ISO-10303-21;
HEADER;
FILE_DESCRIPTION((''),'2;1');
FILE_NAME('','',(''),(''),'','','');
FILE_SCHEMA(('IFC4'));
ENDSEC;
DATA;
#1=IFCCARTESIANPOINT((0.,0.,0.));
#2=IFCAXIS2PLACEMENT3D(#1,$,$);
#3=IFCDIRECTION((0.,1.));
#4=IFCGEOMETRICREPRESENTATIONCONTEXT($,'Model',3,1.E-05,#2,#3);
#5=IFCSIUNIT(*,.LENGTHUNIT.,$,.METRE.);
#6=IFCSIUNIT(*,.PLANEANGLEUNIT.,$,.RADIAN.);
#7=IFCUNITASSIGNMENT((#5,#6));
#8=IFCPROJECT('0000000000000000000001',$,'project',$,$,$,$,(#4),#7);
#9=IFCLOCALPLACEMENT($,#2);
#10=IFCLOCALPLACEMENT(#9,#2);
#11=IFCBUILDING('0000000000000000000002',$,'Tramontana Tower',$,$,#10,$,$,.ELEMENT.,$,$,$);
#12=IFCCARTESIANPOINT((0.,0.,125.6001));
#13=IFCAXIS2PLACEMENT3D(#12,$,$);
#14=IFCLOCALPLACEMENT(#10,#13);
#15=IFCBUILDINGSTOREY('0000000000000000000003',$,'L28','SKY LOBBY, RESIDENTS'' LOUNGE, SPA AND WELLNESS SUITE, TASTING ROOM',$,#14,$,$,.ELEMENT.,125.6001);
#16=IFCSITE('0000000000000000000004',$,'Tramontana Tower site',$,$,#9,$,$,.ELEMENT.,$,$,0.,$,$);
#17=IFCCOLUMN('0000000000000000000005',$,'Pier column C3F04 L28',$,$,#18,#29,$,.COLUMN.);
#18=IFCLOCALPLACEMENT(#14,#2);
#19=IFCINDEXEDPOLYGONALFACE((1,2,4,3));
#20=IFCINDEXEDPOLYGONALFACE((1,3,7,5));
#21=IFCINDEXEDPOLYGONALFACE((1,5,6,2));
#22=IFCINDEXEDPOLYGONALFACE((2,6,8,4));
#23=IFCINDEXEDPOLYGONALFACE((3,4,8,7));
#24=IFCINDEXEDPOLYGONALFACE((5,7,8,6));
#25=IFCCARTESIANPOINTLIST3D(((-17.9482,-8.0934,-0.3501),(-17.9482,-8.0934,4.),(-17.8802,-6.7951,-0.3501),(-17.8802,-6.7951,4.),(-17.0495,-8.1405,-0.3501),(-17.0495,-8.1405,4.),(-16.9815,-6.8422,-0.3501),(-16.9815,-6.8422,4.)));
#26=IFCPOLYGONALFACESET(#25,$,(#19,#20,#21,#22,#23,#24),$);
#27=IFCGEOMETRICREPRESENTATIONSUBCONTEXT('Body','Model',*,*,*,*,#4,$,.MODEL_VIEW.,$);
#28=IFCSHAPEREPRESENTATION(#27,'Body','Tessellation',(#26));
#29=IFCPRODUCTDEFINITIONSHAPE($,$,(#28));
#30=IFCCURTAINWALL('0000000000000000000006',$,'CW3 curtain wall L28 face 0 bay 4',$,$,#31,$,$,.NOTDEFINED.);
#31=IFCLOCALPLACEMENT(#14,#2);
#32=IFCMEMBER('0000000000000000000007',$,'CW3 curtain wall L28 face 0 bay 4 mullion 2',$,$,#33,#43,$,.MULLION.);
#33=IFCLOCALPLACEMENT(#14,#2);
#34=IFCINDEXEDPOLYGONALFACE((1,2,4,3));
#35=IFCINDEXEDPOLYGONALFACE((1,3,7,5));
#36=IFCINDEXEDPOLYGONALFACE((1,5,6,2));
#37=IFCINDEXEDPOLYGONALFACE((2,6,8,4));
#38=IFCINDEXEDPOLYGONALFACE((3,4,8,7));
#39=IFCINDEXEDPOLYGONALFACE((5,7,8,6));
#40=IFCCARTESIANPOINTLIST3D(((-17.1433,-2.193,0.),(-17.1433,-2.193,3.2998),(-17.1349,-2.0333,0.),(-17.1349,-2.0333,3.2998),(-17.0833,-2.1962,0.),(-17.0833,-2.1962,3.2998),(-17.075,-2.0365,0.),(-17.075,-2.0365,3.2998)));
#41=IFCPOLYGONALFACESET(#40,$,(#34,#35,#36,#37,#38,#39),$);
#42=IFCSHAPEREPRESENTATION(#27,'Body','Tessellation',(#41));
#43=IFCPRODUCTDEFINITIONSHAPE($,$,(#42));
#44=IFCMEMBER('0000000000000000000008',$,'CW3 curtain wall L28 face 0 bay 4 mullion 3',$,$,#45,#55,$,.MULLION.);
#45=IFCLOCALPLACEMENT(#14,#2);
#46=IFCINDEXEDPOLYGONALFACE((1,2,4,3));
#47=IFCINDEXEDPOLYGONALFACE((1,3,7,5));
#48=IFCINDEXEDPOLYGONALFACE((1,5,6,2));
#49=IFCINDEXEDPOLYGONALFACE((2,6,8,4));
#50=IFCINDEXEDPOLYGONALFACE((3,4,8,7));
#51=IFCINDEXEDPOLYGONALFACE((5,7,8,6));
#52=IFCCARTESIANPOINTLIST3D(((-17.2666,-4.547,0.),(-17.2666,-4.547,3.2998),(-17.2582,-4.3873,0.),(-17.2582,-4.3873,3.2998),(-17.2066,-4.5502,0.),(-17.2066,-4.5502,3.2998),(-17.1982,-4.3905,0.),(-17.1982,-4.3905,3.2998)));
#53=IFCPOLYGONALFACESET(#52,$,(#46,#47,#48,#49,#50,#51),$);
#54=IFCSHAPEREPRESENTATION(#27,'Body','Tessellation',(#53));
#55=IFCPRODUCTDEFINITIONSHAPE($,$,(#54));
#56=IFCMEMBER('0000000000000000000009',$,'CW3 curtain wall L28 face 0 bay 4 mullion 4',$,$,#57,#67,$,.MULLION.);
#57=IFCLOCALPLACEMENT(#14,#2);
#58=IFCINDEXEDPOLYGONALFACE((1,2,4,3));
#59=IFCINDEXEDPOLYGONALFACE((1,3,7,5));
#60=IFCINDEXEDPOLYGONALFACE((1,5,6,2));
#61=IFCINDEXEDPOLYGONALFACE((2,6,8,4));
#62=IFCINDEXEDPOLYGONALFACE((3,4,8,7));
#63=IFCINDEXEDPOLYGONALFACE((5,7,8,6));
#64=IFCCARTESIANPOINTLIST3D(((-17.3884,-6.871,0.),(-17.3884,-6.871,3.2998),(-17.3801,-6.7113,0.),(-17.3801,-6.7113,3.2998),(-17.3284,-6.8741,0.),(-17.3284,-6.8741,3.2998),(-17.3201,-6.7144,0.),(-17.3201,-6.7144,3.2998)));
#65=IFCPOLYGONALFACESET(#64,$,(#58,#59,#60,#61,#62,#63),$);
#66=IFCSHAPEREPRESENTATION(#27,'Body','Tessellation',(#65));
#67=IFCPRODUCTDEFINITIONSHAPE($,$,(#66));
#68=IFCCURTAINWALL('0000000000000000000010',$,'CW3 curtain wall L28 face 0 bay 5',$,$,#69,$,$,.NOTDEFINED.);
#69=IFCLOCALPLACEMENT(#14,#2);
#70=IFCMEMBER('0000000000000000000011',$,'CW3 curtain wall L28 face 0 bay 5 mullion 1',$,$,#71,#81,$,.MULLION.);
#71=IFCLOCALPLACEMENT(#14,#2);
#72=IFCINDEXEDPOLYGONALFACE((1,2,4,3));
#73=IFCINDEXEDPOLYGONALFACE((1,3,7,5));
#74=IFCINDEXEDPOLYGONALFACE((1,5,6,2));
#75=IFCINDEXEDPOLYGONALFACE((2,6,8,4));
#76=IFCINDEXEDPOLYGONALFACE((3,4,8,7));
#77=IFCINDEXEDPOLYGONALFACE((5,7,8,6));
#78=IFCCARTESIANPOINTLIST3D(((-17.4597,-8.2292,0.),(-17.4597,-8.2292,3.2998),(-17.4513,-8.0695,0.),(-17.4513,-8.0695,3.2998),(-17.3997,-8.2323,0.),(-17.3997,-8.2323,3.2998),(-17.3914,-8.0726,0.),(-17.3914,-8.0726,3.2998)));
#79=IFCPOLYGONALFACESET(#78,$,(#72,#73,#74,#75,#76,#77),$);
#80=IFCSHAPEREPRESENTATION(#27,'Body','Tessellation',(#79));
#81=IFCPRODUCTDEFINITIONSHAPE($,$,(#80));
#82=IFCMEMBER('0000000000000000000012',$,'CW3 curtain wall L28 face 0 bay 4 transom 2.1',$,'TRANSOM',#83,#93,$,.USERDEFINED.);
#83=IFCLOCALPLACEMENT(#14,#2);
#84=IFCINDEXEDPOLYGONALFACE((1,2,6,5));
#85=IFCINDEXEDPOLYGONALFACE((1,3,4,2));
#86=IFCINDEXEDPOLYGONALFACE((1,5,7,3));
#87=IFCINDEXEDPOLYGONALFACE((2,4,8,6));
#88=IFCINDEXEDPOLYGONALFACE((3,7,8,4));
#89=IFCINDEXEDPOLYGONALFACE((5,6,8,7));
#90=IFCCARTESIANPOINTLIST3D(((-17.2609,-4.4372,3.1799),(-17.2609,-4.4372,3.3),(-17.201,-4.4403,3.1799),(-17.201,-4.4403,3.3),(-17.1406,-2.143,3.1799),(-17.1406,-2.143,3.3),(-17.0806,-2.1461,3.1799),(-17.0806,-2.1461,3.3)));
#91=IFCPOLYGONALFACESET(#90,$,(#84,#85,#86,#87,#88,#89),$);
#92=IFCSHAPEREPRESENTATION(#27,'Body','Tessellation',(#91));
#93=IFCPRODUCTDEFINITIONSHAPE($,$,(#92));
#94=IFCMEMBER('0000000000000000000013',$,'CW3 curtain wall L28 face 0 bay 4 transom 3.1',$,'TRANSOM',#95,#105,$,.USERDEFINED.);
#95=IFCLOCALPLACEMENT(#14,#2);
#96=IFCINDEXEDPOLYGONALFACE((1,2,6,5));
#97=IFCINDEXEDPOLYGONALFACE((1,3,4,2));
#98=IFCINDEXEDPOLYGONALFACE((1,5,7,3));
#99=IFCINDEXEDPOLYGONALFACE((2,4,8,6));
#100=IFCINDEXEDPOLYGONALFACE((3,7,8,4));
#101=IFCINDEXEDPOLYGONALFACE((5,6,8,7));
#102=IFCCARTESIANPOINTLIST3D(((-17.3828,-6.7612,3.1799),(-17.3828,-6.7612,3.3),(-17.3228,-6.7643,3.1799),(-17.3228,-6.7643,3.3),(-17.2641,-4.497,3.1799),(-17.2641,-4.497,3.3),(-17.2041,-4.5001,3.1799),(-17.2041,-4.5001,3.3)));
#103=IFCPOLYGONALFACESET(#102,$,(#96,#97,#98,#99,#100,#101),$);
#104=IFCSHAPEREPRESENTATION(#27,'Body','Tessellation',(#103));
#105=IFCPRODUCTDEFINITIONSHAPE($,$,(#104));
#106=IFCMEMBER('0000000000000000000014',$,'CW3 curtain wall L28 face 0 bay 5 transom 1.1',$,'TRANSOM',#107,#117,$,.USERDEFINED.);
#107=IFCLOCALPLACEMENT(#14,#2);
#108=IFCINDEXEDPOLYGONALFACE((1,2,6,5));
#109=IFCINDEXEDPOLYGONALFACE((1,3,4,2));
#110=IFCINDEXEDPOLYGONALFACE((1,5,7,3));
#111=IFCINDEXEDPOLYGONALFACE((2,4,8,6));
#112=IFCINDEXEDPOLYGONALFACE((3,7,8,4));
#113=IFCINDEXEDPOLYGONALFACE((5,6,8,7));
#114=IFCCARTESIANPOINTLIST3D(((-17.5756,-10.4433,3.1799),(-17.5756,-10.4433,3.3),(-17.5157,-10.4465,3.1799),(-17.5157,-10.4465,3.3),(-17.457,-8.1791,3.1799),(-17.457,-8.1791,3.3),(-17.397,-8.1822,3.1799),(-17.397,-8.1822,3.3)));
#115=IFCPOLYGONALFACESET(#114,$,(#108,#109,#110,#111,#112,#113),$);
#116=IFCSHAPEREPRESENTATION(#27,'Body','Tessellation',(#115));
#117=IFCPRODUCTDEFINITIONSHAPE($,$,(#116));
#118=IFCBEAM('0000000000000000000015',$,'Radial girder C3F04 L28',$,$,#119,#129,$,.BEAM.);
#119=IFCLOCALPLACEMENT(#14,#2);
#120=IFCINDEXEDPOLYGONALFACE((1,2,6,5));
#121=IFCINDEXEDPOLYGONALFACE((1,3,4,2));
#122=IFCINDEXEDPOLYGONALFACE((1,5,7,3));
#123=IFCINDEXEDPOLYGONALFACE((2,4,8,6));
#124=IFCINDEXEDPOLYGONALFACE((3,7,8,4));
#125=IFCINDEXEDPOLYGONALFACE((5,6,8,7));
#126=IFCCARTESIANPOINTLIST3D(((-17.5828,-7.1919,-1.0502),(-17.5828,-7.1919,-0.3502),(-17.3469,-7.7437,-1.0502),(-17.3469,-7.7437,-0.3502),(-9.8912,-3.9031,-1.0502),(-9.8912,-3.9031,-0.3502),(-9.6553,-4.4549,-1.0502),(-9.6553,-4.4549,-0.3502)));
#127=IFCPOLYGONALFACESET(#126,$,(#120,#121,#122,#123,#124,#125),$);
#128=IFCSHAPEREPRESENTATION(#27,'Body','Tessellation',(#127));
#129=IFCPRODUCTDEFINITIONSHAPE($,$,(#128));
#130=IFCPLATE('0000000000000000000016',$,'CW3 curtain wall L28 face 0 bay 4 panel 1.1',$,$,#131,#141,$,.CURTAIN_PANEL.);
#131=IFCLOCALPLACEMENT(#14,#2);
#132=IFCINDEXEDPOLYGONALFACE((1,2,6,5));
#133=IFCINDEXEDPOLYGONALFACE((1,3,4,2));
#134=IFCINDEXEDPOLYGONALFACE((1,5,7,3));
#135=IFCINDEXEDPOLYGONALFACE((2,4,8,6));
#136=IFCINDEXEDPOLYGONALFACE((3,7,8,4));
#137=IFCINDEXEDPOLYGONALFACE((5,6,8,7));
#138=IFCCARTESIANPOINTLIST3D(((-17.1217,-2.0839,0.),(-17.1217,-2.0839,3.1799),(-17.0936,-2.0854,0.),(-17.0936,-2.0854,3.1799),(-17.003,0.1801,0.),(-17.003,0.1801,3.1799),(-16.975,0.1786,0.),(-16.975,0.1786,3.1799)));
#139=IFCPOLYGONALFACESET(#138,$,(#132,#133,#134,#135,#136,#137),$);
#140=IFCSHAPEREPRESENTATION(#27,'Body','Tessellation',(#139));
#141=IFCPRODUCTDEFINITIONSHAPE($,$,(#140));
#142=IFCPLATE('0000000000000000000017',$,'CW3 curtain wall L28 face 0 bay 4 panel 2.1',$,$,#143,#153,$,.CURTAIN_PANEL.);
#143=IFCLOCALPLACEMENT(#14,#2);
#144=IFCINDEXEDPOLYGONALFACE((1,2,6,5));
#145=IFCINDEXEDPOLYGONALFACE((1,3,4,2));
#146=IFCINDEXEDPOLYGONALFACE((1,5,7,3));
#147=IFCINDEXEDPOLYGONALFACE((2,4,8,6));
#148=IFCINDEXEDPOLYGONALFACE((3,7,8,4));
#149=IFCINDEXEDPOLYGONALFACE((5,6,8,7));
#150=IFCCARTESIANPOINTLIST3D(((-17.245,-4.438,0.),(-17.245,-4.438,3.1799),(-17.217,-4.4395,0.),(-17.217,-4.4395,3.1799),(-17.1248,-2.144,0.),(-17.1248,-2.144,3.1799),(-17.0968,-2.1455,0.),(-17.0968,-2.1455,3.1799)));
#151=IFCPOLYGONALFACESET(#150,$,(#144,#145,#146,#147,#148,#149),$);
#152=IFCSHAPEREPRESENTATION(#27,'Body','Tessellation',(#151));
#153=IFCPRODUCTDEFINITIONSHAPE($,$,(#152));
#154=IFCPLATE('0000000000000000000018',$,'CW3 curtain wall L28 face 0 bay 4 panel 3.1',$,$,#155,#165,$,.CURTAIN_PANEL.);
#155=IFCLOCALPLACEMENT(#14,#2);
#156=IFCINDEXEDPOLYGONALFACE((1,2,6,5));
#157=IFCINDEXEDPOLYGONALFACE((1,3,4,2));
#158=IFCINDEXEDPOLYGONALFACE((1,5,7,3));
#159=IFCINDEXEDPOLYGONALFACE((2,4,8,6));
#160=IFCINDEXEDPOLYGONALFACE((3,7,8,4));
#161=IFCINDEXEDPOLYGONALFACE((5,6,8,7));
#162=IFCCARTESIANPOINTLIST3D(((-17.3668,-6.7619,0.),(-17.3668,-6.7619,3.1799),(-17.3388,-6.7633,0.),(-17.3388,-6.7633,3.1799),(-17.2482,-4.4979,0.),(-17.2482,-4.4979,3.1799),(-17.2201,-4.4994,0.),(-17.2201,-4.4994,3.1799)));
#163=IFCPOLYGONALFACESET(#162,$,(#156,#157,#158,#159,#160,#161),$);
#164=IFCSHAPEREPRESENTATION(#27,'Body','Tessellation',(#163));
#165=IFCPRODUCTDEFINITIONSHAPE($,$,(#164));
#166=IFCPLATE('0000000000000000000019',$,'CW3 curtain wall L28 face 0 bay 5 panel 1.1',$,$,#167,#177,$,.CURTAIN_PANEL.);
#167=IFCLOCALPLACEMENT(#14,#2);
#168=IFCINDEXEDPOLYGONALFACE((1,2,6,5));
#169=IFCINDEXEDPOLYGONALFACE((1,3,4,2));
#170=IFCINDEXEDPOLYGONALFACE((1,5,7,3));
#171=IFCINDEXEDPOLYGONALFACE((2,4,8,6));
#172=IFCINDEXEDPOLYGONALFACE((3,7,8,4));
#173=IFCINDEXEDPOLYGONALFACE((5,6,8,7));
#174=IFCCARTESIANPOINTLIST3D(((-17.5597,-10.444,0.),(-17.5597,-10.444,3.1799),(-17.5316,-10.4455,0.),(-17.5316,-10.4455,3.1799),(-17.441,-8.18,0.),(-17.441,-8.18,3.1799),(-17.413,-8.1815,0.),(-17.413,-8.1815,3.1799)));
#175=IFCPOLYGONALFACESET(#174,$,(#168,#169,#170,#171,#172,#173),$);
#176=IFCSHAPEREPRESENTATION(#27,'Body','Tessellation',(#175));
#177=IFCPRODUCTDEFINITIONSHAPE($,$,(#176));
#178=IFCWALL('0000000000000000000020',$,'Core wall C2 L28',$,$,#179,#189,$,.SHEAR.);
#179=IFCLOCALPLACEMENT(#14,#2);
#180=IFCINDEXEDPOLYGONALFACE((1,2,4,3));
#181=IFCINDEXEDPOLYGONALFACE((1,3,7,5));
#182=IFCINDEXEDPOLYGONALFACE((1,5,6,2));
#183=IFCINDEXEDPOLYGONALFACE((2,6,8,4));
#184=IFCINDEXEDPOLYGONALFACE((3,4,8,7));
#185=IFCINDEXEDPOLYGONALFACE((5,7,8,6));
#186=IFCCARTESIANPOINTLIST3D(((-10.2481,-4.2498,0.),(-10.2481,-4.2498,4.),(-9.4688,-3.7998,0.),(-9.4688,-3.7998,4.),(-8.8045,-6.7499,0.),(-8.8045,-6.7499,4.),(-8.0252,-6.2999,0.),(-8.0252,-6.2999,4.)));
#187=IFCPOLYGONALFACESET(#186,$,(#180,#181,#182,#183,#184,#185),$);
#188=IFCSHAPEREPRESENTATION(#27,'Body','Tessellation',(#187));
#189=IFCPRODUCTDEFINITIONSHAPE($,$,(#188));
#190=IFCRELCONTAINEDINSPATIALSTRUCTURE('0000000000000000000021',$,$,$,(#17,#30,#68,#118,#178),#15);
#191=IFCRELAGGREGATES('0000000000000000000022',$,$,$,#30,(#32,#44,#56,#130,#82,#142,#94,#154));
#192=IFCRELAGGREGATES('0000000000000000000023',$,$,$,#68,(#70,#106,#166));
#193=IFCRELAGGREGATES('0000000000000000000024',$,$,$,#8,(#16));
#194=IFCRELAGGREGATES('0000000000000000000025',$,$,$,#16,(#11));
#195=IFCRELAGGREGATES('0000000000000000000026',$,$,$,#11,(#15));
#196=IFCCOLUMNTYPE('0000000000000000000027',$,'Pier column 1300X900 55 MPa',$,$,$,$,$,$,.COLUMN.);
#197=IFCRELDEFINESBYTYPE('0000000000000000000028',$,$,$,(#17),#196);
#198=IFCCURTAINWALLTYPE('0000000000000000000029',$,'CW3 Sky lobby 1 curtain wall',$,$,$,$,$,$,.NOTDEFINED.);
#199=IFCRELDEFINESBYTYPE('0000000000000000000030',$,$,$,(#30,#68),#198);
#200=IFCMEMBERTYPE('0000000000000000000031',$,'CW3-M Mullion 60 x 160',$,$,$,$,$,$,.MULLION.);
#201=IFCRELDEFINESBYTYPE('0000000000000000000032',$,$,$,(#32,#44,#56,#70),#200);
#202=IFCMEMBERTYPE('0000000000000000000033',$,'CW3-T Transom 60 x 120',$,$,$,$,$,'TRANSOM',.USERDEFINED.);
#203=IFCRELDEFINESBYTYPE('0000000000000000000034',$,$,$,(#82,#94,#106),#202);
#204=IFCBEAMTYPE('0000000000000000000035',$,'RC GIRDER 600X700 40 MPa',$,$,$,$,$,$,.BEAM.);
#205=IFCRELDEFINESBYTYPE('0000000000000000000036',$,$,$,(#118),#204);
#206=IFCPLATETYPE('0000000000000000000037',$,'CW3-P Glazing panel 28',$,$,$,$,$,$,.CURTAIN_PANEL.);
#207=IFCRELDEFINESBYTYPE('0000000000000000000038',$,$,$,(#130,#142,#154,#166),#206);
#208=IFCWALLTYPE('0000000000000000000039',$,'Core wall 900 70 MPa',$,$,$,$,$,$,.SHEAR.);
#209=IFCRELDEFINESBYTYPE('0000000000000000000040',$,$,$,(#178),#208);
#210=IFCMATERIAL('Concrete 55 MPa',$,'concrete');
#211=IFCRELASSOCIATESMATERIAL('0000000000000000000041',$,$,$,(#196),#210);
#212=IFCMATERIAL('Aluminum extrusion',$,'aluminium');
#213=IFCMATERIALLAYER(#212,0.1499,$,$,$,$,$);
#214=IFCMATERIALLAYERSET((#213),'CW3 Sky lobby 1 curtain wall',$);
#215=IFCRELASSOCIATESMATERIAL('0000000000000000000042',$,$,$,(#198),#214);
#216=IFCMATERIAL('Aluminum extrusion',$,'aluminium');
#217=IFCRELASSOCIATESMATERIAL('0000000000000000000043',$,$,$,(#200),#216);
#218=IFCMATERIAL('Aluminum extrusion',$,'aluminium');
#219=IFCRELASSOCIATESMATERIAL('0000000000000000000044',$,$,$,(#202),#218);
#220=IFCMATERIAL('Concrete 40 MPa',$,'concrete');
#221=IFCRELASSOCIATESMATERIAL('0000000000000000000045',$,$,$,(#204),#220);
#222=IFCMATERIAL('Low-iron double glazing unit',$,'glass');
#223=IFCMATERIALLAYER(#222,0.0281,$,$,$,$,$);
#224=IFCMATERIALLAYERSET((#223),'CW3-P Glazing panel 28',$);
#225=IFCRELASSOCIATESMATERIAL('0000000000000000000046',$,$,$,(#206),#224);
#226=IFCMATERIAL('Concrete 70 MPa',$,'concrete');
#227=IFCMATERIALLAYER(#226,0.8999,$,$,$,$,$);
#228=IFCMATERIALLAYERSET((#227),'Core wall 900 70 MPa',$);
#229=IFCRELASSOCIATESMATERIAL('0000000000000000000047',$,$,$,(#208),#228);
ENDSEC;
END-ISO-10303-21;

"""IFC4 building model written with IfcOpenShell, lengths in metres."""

from ifc_helpers import new_model, si_unit, direction, frame, frame_2d, origin, origin_2d, place, context, subcontext, project, spatial, rectangle, extrude, material, layer, layer_set, material_profile, profile_set, type_object, element, aggregate, save


model = new_model("IFC4")

# Units and contexts
model_context = context("Model", 3, precision=1e-05, world=origin(), true_north=direction((0.0, 1.0)))
body_context = subcontext(model_context, "Body", "Model", "MODEL_VIEW")
ifc_project = project(units=[si_unit("LENGTHUNIT", "METRE"), si_unit("PLANEANGLEUNIT", "RADIAN")], contexts=[model_context])

# Site, building, storey
site_placement = place(None, origin())
site = spatial("IfcSite", under=ifc_project, at=site_placement, Name="Tramontana Tower site", CompositionType="ELEMENT", RefElevation=0.0)
building_placement = place(site_placement, origin())
building = spatial("IfcBuilding", under=site, at=building_placement, Name="Tramontana Tower", CompositionType="ELEMENT")
storey_placement = place(building_placement, frame((0.0, 0.0, 125.6001)))
storey = spatial("IfcBuildingStorey", under=building, at=storey_placement, Name="L28", Description="SKY LOBBY, RESIDENTS' LOUNGE, SPA AND WELLNESS SUITE, TASTING ROOM", CompositionType="ELEMENT", Elevation=125.6001)

# Column
ifc_material_1 = material(Name="Concrete 55 MPa", Category="concrete")
ifc_material_profile_1 = material_profile(ifc_material_1, rectangle(XDim=1.3, YDim=0.8999, at=origin_2d()), Name="Pier column 1300X900 55 MPa")
ifc_profile_set_1 = profile_set([ifc_material_profile_1], Name="Concrete 55 MPa")
column_type = type_object("IfcColumnType", Name="Pier column 1300X900 55 MPa", PredefinedType="COLUMN", material=ifc_profile_set_1)
column_placement = place(storey_placement, frame((-17.4648, -7.4678, -0.3501), z_axis=(0.0, 0.0, 1.0), x_axis=(-0.052336, -0.99863, 0.0)))
element("IfcColumn", 1, at=column_placement, inside=storey, type_object=column_type, Name="Pier column C3F04 L28", PredefinedType="COLUMN", context=body_context, shape_type="SweptSolid", body=[
    extrude(rectangle(XDim=1.3, YDim=0.8999, at=origin_2d()), origin(), (0.0, 0.0, 1.0), 4.3501),
])

# Curtain wall, members
ifc_material_2 = material(Name="Aluminum extrusion", Category="aluminium")
ifc_layer_1 = layer(ifc_material_2, 0.1499)
ifc_layer_set_1 = layer_set([ifc_layer_1], Name="CW3 Sky lobby 1 curtain wall")
curtain_wall_type = type_object("IfcCurtainWallType", Name="CW3 Sky lobby 1 curtain wall", PredefinedType="NOTDEFINED", material=ifc_layer_set_1)
curtain_wall_1_placement = place(storey_placement, origin())
curtain_wall_1 = element("IfcCurtainWall", 2, at=curtain_wall_1_placement, inside=storey, type_object=curtain_wall_type, Name="CW3 curtain wall L28 face 0 bay 4", PredefinedType="NOTDEFINED")
ifc_material_3 = material(Name="Aluminum extrusion", Category="aluminium")
ifc_material_profile_2 = material_profile(ifc_material_3, rectangle(XDim=0.0601, YDim=0.1599, at=origin_2d()), Name="CW3-M Mullion 60 x 160")
ifc_profile_set_2 = profile_set([ifc_material_profile_2], Name="Aluminum extrusion")
member_type_1 = type_object("IfcMemberType", Name="CW3-M Mullion 60 x 160", PredefinedType="MULLION", material=ifc_profile_set_2)
member_1_placement = place(storey_placement, frame((-17.1091, -2.1147, 0.0), z_axis=(0.0, 0.0, 1.0), x_axis=(0.99863, -0.052336, 0.0)))
member_1 = element("IfcMember", 3, at=member_1_placement, type_object=member_type_1, Name="CW3 curtain wall L28 face 0 bay 4 mullion 2", PredefinedType="MULLION", context=body_context, shape_type="SweptSolid", body=[
    extrude(rectangle(XDim=0.0601, YDim=0.1599, at=origin_2d()), origin(), (0.0, 0.0, 1.0), 3.2998),
])
member_2_placement = place(storey_placement, frame((-17.2324, -4.4688, 0.0), z_axis=(0.0, 0.0, 1.0), x_axis=(0.99863, -0.052336, 0.0)))
member_2 = element("IfcMember", 4, at=member_2_placement, type_object=member_type_1, Name="CW3 curtain wall L28 face 0 bay 4 mullion 3", PredefinedType="MULLION", context=body_context, shape_type="SweptSolid", body=[
    extrude(rectangle(XDim=0.0601, YDim=0.1599, at=origin_2d()), origin(), (0.0, 0.0, 1.0), 3.2998),
])
member_3_placement = place(storey_placement, frame((-17.3542, -6.7927, 0.0), z_axis=(0.0, 0.0, 1.0), x_axis=(0.99863, -0.052336, 0.0)))
member_3 = element("IfcMember", 5, at=member_3_placement, type_object=member_type_1, Name="CW3 curtain wall L28 face 0 bay 4 mullion 4", PredefinedType="MULLION", context=body_context, shape_type="SweptSolid", body=[
    extrude(rectangle(XDim=0.0601, YDim=0.1599, at=origin_2d()), origin(), (0.0, 0.0, 1.0), 3.2998),
])

# Curtain wall, member
curtain_wall_2_placement = place(storey_placement, origin())
curtain_wall_2 = element("IfcCurtainWall", 6, at=curtain_wall_2_placement, inside=storey, type_object=curtain_wall_type, Name="CW3 curtain wall L28 face 0 bay 5", PredefinedType="NOTDEFINED")
member_4_placement = place(storey_placement, frame((-17.4255, -8.1509, 0.0), z_axis=(0.0, 0.0, 1.0), x_axis=(0.99863, -0.052336, 0.0)))
member_4 = element("IfcMember", 7, at=member_4_placement, type_object=member_type_1, Name="CW3 curtain wall L28 face 0 bay 5 mullion 1", PredefinedType="MULLION", context=body_context, shape_type="SweptSolid", body=[
    extrude(rectangle(XDim=0.0601, YDim=0.1599, at=origin_2d()), origin(), (0.0, 0.0, 1.0), 3.2998),
])

# Members
ifc_material_4 = material(Name="Aluminum extrusion", Category="aluminium")
ifc_material_profile_3 = material_profile(ifc_material_4, rectangle(XDim=0.0601, YDim=0.1201, at=origin_2d()), Name="CW3-T Transom 60 x 120")
ifc_profile_set_3 = profile_set([ifc_material_profile_3], Name="Aluminum extrusion")
member_type_2 = type_object("IfcMemberType", Name="CW3-T Transom 60 x 120", ElementType="TRANSOM", PredefinedType="USERDEFINED", material=ifc_profile_set_3)
member_5_placement = place(storey_placement, frame((-17.1106, -2.1445, 3.24), z_axis=(-0.052391, -0.998627, 0.0), x_axis=(0.998627, -0.052391, 0.0)))
member_5 = element("IfcMember", 8, at=member_5_placement, type_object=member_type_2, Name="CW3 curtain wall L28 face 0 bay 4 transom 2.1", ObjectType="TRANSOM", PredefinedType="USERDEFINED", context=body_context, shape_type="SweptSolid", body=[
    extrude(rectangle(XDim=0.0601, YDim=0.1201, at=origin_2d()), origin(), (0.0, 0.0, 1.0), 2.2974),
])
member_6_placement = place(storey_placement, frame((-17.2341, -4.4985, 3.24), z_axis=(-0.052333, -0.99863, 0.0), x_axis=(0.99863, -0.052333, 0.0)))
member_6 = element("IfcMember", 9, at=member_6_placement, type_object=member_type_2, Name="CW3 curtain wall L28 face 0 bay 4 transom 3.1", ObjectType="TRANSOM", PredefinedType="USERDEFINED", context=body_context, shape_type="SweptSolid", body=[
    extrude(rectangle(XDim=0.0601, YDim=0.1201, at=origin_2d()), origin(), (0.0, 0.0, 1.0), 2.2673),
])
member_7_placement = place(storey_placement, frame((-17.427, -8.1807, 3.24), z_axis=(-0.052333, -0.99863, 0.0), x_axis=(0.99863, -0.052333, 0.0)))
member_7 = element("IfcMember", 10, at=member_7_placement, type_object=member_type_2, Name="CW3 curtain wall L28 face 0 bay 5 transom 1.1", ObjectType="TRANSOM", PredefinedType="USERDEFINED", context=body_context, shape_type="SweptSolid", body=[
    extrude(rectangle(XDim=0.0601, YDim=0.1201, at=origin_2d()), origin(), (0.0, 0.0, 1.0), 2.2673),
])

# Beam
ifc_material_5 = material(Name="Concrete 40 MPa", Category="concrete")
ifc_material_profile_4 = material_profile(ifc_material_5, rectangle(XDim=0.6001, YDim=0.7, at=origin_2d()), Name="RC GIRDER 600X700 40 MPa")
ifc_profile_set_4 = profile_set([ifc_material_profile_4], Name="Concrete 40 MPa")
beam_type = type_object("IfcBeamType", Name="RC GIRDER 600X700 40 MPa", PredefinedType="BEAM", material=ifc_profile_set_4)
beam_placement = place(storey_placement, frame((-17.4648, -7.4678, -0.7002), z_axis=(0.919474, 0.393151, 0.0), x_axis=(-0.393151, 0.919474, 0.0)))
element("IfcBeam", 11, at=beam_placement, inside=storey, type_object=beam_type, Name="Radial girder C3F04 L28", PredefinedType="BEAM", context=body_context, shape_type="SweptSolid", body=[
    extrude(rectangle(XDim=0.6001, YDim=0.7, at=origin_2d()), origin(), (0.0, 0.0, 1.0), 8.3652),
])

# Plates
ifc_material_6 = material(Name="Low-iron double glazing unit", Category="glass")
ifc_layer_2 = layer(ifc_material_6, 0.0281)
ifc_layer_set_2 = layer_set([ifc_layer_2], Name="CW3-P Glazing panel 28")
plate_type = type_object("IfcPlateType", Name="CW3-P Glazing panel 28", PredefinedType="CURTAIN_PANEL", material=ifc_layer_set_2)
plate_1_placement = place(storey_placement, frame((-17.0483, -0.9526, 0.0), z_axis=(0.0, 0.0, 1.0), x_axis=(-0.052336, -0.99863, 0.0)))
plate_1 = element("IfcPlate", 12, at=plate_1_placement, type_object=plate_type, Name="CW3 curtain wall L28 face 0 bay 4 panel 1.1", PredefinedType="CURTAIN_PANEL", context=body_context, shape_type="SweptSolid", body=[
    extrude(rectangle(XDim=2.2671, YDim=0.0281, at=origin_2d()), origin(), (0.0, 0.0, 1.0), 3.1799),
])
plate_2_placement = place(storey_placement, frame((-17.1709, -3.2917, 0.0), z_axis=(0.0, 0.0, 1.0), x_axis=(-0.052336, -0.99863, 0.0)))
plate_2 = element("IfcPlate", 13, at=plate_2_placement, type_object=plate_type, Name="CW3 curtain wall L28 face 0 bay 4 panel 2.1", PredefinedType="CURTAIN_PANEL", context=body_context, shape_type="SweptSolid", body=[
    extrude(rectangle(XDim=2.2971, YDim=0.0281, at=origin_2d()), origin(), (0.0, 0.0, 1.0), 3.1799),
])
plate_3_placement = place(storey_placement, frame((-17.2935, -5.6306, 0.0), z_axis=(0.0, 0.0, 1.0), x_axis=(-0.052336, -0.99863, 0.0)))
plate_3 = element("IfcPlate", 14, at=plate_3_placement, type_object=plate_type, Name="CW3 curtain wall L28 face 0 bay 4 panel 3.1", PredefinedType="CURTAIN_PANEL", context=body_context, shape_type="SweptSolid", body=[
    extrude(rectangle(XDim=2.2671, YDim=0.0281, at=origin_2d()), origin(), (0.0, 0.0, 1.0), 3.1799),
])
aggregate(curtain_wall_1, [member_1, member_2, member_3, plate_1, member_5, plate_2, member_6, plate_3])
plate_4_placement = place(storey_placement, frame((-17.4863, -9.3127, 0.0), z_axis=(0.0, 0.0, 1.0), x_axis=(-0.052336, -0.99863, 0.0)))
plate_4 = element("IfcPlate", 15, at=plate_4_placement, type_object=plate_type, Name="CW3 curtain wall L28 face 0 bay 5 panel 1.1", PredefinedType="CURTAIN_PANEL", context=body_context, shape_type="SweptSolid", body=[
    extrude(rectangle(XDim=2.2671, YDim=0.0281, at=origin_2d()), origin(), (0.0, 0.0, 1.0), 3.1799),
])
aggregate(curtain_wall_2, [member_4, member_7, plate_4])

# Wall
ifc_material_7 = material(Name="Concrete 70 MPa", Category="concrete")
ifc_layer_3 = layer(ifc_material_7, 0.8999)
ifc_layer_set_3 = layer_set([ifc_layer_3], Name="Core wall 900 70 MPa")
wall_type_1 = type_object("IfcWallType", Name="Core wall 900 70 MPa", PredefinedType="SHEAR", material=ifc_layer_set_3)
wall_1_placement = place(storey_placement, frame((-9.8584, -4.0249, 0.0), z_axis=(0.0, 0.0, 1.0), x_axis=(0.500059, -0.865991, 0.0)))
element("IfcWall", 16, at=wall_1_placement, inside=storey, type_object=wall_type_1, Name="Core wall C2 L28", PredefinedType="SHEAR", context=body_context, shape_type="SweptSolid", body=[
    extrude(rectangle(XDim=2.887, YDim=0.8999, at=frame_2d((1.4434, 0.0))), origin(), (0.0, 0.0, 1.0), 4.0),
])

save(model, "model.ifc")
